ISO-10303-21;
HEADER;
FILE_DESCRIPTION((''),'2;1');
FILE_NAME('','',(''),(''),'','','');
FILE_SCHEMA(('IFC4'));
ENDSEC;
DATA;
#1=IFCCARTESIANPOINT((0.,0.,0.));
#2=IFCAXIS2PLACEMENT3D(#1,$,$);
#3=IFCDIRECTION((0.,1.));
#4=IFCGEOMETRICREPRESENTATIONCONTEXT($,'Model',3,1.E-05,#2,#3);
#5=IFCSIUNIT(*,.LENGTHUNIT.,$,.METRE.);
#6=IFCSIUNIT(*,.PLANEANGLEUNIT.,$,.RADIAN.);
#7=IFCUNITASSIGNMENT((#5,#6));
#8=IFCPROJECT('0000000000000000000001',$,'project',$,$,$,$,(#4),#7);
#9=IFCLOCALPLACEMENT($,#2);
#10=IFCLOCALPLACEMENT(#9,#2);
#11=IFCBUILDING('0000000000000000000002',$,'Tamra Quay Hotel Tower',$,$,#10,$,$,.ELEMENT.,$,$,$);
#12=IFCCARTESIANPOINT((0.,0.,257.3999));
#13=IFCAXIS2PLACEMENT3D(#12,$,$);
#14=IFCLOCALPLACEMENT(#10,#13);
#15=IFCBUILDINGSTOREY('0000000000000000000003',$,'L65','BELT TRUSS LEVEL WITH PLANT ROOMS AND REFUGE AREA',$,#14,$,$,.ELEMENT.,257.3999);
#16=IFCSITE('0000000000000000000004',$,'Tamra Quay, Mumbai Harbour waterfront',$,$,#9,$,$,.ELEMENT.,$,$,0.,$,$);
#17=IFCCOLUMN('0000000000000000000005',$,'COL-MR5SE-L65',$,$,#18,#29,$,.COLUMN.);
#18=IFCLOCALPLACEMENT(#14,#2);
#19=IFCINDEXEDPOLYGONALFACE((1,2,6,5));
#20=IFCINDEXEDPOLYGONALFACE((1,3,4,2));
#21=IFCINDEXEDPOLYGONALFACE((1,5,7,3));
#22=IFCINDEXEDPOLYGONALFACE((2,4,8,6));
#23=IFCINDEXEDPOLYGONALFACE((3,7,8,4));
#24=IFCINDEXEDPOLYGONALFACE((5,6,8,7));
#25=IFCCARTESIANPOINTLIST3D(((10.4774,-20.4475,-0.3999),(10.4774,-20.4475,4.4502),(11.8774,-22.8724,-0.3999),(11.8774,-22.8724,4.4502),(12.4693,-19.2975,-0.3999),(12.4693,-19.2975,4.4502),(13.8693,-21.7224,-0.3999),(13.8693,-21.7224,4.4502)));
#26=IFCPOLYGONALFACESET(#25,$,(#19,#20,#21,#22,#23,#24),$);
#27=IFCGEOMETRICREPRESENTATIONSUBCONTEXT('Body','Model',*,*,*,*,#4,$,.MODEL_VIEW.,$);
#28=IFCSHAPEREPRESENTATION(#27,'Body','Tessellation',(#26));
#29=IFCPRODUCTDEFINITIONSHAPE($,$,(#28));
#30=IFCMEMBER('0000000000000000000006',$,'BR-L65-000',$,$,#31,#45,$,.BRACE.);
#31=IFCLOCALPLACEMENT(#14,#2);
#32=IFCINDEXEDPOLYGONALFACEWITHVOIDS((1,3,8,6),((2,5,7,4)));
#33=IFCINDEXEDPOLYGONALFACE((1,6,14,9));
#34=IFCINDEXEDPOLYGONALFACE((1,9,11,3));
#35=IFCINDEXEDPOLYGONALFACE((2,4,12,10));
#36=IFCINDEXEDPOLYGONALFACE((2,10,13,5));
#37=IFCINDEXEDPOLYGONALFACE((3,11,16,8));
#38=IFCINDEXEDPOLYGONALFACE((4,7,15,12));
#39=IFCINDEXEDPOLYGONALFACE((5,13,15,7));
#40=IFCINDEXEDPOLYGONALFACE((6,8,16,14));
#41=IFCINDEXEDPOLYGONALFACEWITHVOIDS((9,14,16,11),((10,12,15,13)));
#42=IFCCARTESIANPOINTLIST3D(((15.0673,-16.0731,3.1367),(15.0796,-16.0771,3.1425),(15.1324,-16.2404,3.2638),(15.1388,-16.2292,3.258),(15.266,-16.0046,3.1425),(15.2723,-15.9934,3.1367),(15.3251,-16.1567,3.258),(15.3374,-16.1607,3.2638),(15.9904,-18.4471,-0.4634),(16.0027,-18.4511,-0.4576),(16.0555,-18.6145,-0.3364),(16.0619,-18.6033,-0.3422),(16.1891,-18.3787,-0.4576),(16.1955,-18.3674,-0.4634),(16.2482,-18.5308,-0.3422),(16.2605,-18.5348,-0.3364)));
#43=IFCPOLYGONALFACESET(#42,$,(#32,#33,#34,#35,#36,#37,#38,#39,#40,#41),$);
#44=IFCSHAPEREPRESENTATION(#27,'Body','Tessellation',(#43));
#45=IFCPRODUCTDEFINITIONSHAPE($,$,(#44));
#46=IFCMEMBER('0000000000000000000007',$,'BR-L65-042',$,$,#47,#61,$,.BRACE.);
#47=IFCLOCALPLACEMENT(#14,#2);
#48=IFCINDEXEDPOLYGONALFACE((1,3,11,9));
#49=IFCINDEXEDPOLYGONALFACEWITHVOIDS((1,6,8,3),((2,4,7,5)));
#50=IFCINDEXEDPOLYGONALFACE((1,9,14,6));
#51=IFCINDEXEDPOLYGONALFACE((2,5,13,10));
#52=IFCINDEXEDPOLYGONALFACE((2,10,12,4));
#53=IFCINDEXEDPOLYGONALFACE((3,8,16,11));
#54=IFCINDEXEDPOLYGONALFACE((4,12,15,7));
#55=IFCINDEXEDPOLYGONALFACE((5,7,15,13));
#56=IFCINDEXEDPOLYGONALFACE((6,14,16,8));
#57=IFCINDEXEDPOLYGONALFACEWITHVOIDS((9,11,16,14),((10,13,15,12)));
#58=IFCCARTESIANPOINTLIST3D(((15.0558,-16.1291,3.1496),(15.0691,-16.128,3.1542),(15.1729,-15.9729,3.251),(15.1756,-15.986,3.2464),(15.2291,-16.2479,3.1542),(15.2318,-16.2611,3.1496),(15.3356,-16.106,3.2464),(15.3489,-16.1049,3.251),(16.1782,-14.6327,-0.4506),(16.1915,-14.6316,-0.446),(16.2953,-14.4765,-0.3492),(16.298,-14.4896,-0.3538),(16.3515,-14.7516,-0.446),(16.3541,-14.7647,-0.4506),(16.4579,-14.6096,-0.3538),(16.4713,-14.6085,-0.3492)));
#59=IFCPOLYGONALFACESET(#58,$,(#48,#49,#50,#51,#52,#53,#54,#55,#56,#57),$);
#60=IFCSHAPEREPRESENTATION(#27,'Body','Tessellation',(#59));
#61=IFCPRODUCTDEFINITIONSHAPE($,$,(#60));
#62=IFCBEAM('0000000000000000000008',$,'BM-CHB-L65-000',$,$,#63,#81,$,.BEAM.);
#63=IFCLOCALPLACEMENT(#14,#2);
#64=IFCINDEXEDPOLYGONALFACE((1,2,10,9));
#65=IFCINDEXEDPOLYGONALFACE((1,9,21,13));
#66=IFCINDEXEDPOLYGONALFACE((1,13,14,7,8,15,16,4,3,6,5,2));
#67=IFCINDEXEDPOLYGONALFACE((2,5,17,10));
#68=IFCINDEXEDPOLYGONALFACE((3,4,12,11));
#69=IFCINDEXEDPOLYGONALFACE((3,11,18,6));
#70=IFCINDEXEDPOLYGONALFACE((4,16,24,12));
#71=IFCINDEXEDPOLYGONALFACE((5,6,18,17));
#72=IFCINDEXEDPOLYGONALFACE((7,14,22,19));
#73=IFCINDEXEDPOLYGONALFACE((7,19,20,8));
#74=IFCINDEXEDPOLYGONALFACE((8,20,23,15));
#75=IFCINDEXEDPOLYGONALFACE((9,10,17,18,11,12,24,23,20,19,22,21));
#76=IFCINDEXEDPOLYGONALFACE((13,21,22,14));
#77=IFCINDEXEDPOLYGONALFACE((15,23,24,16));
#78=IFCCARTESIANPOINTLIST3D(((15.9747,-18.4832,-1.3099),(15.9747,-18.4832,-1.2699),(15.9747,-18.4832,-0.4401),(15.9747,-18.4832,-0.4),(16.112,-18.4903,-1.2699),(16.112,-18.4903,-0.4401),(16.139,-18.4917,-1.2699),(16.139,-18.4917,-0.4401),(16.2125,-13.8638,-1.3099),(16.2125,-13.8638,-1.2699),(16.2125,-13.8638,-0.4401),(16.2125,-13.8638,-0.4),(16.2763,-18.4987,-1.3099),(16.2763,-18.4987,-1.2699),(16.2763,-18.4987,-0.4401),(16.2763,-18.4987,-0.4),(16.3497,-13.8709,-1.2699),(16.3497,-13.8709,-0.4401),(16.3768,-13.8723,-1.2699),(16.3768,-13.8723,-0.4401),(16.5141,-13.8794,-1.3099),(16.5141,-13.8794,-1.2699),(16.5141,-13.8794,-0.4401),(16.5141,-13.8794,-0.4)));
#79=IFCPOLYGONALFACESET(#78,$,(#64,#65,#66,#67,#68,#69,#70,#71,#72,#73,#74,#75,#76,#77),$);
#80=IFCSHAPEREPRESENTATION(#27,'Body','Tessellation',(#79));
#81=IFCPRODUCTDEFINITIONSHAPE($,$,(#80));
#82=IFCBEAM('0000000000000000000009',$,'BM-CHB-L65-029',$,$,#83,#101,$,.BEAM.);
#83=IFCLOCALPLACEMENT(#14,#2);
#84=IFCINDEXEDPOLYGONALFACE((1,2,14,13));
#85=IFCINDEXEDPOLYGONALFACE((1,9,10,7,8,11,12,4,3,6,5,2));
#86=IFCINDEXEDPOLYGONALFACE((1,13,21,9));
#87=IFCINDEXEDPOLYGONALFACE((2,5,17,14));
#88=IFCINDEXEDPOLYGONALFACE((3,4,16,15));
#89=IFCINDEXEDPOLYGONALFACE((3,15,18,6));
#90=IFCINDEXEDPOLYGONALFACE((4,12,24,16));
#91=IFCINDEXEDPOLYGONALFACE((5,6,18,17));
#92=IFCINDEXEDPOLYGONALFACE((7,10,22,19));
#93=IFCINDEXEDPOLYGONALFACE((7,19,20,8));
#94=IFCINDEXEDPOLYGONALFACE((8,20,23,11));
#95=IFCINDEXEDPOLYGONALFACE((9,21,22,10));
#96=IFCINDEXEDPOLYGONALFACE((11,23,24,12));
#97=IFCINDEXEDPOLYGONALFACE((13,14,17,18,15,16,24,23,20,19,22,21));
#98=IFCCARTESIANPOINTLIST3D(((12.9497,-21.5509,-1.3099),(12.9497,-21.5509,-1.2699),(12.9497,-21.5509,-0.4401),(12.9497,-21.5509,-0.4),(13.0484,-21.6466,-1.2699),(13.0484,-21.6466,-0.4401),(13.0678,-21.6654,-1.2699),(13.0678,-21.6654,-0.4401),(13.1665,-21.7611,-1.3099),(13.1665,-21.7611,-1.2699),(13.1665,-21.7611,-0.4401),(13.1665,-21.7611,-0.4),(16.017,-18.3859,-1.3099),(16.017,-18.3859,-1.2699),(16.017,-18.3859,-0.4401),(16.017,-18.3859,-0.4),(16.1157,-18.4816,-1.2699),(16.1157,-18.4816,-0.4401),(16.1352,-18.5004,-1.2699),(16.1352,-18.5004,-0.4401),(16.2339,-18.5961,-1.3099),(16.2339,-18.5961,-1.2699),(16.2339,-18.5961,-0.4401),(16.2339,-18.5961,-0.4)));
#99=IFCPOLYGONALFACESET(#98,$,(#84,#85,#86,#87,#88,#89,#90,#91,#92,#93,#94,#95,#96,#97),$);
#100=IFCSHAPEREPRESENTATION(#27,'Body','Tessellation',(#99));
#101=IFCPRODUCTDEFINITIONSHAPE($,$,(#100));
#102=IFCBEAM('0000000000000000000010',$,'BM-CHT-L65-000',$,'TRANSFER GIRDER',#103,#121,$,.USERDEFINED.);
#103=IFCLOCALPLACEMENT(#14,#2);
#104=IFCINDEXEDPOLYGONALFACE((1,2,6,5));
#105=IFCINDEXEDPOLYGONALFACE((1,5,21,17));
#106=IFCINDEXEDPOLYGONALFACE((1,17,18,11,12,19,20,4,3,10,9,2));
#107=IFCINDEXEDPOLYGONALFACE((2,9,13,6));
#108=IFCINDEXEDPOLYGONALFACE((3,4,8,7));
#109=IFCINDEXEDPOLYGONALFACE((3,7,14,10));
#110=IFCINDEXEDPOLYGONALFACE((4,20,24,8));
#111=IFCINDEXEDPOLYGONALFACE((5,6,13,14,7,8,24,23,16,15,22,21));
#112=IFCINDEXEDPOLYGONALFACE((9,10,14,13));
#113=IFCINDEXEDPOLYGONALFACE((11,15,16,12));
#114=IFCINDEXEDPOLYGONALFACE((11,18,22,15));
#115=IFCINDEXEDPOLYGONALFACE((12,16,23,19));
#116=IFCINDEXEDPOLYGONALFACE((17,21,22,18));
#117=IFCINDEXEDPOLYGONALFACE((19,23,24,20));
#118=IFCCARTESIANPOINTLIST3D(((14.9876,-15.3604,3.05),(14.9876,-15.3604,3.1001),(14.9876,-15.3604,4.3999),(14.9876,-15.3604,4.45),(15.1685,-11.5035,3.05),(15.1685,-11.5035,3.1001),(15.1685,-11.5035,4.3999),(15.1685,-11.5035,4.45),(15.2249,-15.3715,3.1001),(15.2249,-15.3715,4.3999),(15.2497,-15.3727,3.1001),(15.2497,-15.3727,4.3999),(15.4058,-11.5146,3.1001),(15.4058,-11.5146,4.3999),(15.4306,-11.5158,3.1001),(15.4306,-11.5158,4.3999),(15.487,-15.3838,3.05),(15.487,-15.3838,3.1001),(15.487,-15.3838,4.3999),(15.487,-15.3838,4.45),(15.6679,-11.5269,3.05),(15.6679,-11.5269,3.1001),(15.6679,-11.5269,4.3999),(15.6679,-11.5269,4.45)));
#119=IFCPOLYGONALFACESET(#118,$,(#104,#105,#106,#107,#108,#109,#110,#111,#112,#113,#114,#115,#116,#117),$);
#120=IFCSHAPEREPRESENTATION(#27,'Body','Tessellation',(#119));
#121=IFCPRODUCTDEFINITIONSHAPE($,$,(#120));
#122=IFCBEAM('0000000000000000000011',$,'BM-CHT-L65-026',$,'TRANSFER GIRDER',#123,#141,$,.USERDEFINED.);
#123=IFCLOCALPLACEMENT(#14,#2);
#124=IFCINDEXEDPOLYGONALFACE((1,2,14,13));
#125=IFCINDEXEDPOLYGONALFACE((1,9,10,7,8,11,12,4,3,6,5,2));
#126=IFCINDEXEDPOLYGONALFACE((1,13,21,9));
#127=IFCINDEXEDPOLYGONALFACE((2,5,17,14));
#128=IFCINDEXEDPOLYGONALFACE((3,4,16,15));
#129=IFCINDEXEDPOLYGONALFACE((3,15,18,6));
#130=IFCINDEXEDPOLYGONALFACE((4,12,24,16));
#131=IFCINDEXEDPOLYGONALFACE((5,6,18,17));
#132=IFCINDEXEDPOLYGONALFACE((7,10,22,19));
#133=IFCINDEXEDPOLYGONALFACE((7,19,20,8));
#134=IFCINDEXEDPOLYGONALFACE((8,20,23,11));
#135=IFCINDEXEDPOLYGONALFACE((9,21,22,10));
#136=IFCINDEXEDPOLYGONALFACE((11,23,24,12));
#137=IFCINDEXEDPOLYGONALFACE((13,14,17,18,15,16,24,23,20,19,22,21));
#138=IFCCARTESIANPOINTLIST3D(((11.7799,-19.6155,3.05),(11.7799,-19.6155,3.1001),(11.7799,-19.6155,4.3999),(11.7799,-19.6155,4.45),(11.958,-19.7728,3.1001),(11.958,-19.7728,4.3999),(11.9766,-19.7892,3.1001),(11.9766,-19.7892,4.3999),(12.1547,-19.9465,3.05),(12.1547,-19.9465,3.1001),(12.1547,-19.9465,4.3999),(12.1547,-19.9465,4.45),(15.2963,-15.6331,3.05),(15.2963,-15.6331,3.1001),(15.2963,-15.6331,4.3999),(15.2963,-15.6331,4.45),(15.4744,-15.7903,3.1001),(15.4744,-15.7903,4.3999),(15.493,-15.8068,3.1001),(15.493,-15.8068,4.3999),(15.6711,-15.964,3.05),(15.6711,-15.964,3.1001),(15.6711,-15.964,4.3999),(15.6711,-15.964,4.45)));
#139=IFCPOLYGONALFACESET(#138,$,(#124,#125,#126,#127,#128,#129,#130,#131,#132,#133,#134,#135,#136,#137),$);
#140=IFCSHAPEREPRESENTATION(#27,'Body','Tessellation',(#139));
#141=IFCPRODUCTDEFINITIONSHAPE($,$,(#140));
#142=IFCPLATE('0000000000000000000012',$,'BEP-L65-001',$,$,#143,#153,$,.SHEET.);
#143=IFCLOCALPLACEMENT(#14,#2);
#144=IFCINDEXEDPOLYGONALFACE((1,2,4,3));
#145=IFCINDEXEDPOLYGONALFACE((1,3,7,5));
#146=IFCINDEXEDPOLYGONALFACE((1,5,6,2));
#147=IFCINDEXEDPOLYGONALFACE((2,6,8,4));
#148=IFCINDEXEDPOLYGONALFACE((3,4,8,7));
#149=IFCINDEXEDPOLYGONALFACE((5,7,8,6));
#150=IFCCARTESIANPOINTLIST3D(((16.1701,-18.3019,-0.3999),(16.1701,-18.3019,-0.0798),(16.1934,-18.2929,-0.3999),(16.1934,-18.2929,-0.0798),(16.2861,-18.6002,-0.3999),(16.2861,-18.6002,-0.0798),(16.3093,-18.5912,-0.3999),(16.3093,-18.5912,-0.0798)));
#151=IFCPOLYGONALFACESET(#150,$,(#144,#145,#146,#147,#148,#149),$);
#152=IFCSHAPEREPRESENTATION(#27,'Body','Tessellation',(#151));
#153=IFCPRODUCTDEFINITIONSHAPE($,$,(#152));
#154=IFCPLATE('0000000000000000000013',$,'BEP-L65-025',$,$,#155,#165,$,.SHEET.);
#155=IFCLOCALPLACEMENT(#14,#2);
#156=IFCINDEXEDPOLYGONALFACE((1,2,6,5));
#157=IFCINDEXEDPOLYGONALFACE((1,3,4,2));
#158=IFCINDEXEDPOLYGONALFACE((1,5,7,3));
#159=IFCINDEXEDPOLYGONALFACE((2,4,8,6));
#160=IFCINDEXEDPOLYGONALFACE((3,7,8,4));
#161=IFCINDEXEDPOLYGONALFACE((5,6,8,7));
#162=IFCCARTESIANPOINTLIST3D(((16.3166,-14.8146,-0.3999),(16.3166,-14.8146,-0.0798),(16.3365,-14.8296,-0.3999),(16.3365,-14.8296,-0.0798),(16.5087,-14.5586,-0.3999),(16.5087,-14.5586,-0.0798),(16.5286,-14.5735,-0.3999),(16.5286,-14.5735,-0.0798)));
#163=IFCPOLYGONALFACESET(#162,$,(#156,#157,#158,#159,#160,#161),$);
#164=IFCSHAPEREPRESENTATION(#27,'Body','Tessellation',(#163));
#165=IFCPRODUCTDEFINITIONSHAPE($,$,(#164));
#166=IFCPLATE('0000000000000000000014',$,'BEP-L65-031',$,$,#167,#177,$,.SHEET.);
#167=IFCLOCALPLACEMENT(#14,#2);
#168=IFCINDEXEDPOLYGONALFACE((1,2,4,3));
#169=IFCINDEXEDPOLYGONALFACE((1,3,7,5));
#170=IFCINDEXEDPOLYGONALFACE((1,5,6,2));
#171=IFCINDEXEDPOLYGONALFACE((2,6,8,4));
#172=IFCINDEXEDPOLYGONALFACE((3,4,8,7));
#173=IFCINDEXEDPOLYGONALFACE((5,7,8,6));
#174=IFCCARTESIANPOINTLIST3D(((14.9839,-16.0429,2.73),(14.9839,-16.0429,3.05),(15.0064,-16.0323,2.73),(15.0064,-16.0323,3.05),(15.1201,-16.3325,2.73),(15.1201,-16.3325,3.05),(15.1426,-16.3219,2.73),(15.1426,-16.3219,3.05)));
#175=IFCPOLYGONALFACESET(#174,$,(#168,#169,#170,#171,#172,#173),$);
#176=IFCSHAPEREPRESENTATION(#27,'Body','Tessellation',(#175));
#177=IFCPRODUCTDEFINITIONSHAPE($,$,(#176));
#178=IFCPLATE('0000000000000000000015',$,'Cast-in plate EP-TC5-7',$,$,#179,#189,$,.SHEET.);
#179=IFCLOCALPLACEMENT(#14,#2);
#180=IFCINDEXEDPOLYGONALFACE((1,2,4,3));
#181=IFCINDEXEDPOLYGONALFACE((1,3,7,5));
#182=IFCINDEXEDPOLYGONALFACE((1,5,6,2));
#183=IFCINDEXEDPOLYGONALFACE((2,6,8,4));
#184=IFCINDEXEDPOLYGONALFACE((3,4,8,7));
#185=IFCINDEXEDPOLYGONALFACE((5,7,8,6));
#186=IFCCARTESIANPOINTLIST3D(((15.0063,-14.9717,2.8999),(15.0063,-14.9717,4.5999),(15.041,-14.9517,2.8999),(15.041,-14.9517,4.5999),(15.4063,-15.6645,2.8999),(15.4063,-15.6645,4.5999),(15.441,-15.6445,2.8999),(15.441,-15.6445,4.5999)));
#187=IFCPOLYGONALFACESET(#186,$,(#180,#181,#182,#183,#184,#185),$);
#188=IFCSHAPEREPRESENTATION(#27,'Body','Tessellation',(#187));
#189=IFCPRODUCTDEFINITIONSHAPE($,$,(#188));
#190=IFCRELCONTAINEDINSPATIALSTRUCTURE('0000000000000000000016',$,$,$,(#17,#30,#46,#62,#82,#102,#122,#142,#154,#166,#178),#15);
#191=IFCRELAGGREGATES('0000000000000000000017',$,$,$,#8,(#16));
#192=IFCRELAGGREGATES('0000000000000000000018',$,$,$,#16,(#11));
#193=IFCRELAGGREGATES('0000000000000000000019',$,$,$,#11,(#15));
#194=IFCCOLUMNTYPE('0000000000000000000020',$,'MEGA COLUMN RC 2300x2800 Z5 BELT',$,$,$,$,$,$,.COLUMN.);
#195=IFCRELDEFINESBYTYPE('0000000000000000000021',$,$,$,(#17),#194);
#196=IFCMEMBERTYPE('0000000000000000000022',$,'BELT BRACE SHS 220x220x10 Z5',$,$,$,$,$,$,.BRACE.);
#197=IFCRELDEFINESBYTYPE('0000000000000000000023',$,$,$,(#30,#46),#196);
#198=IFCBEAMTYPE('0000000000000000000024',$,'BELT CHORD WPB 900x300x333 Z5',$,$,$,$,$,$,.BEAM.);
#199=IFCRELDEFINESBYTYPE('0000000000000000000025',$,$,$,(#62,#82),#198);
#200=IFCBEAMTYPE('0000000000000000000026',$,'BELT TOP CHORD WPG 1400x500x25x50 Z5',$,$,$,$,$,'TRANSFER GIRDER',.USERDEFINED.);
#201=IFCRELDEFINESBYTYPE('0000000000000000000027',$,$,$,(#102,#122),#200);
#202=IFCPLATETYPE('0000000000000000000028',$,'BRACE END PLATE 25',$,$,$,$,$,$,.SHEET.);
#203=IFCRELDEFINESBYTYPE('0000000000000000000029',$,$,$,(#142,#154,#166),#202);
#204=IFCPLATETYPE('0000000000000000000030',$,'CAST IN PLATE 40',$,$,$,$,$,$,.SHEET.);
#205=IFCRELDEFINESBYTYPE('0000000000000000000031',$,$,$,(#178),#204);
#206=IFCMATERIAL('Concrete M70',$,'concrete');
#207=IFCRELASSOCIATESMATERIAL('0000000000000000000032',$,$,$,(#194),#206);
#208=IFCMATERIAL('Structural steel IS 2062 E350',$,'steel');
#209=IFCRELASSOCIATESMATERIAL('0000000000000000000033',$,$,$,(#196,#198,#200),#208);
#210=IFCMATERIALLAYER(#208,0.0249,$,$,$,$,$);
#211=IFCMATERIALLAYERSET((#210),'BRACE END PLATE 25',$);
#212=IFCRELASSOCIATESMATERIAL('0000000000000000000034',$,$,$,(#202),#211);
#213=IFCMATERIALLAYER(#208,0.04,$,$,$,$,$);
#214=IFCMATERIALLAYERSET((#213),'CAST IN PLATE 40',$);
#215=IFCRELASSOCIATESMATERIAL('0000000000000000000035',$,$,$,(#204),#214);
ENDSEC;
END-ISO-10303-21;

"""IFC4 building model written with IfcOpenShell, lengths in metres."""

from ifc_helpers import new_model, si_unit, direction, frame, origin, origin_2d, place, context, subcontext, project, spatial, rectangle, hollow_rectangle, i_section, extrude, material, layer, layer_set, material_profile, profile_set, type_object, element, save


model = new_model("IFC4")

# Units and contexts
model_context = context("Model", 3, precision=1e-05, world=origin(), true_north=direction((0.0, 1.0)))
body_context = subcontext(model_context, "Body", "Model", "MODEL_VIEW")
ifc_project = project(units=[si_unit("LENGTHUNIT", "METRE"), si_unit("PLANEANGLEUNIT", "RADIAN")], contexts=[model_context])

# Site, building, storey
site_placement = place(None, origin())
site = spatial("IfcSite", under=ifc_project, at=site_placement, Name="Tamra Quay, Mumbai Harbour waterfront", CompositionType="ELEMENT", RefElevation=0.0)
building_placement = place(site_placement, origin())
building = spatial("IfcBuilding", under=site, at=building_placement, Name="Tamra Quay Hotel Tower", CompositionType="ELEMENT")
storey_placement = place(building_placement, frame((0.0, 0.0, 257.3999)))
storey = spatial("IfcBuildingStorey", under=building, at=storey_placement, Name="L65", Description="BELT TRUSS LEVEL WITH PLANT ROOMS AND REFUGE AREA", CompositionType="ELEMENT", Elevation=257.3999)

# Column
ifc_material_1 = material(Name="Concrete M70", Category="concrete")
ifc_material_profile_1 = material_profile(ifc_material_1, rectangle(XDim=2.8, YDim=2.3, at=origin_2d()), Name="MEGA COLUMN RC 2300x2800 Z5 BELT")
ifc_profile_set_1 = profile_set([ifc_material_profile_1], Name="Concrete M70")
column_type = type_object("IfcColumnType", Name="MEGA COLUMN RC 2300x2800 Z5 BELT", PredefinedType="COLUMN", material=ifc_profile_set_1)
column_placement = place(storey_placement, frame((12.1733, -21.085, -0.3999), z_axis=(0.0, 0.0, 1.0), x_axis=(-0.5, 0.866025, 0.0)))
element("IfcColumn", 1, at=column_placement, inside=storey, type_object=column_type, Name="COL-MR5SE-L65", PredefinedType="COLUMN", context=body_context, shape_type="SweptSolid", body=[
    extrude(rectangle(XDim=2.8, YDim=2.3, at=origin_2d()), origin(), (0.0, 0.0, 1.0), 4.8501),
])

# Members
ifc_material_2 = material(Name="Structural steel IS 2062 E350", Category="steel")
ifc_material_profile_2 = material_profile(ifc_material_2, hollow_rectangle(XDim=0.22, YDim=0.22, WallThickness=0.01, at=origin_2d()), Name="SHS 220x220x10")
ifc_profile_set_2 = profile_set([ifc_material_profile_2], Name="Structural steel IS 2062 E350")
member_type = type_object("IfcMemberType", Name="BELT BRACE SHS 220x220x10 Z5", PredefinedType="BRACE", material=ifc_profile_set_2)
member_1_placement = place(storey_placement, frame((16.1255, -18.491, -0.3999), z_axis=(-0.209315, 0.538318, 0.816334), x_axis=(-0.932023, -0.3624, 0.0)))
element("IfcMember", 2, at=member_1_placement, inside=storey, type_object=member_type, Name="BR-L65-000", PredefinedType="BRACE", context=body_context, shape_type="SweptSolid", body=[
    extrude(hollow_rectangle(XDim=0.22, YDim=0.22, WallThickness=0.01, at=origin_2d()), origin(), (0.0, 0.0, 1.0), 4.4102),
])
member_2_placement = place(storey_placement, frame((16.3247, -14.6206, -0.3999), z_axis=(-0.276636, -0.368828, 0.887377), x_axis=(0.799984, -0.600021, 0.0)))
element("IfcMember", 3, at=member_2_placement, inside=storey, type_object=member_type, Name="BR-L65-042", PredefinedType="BRACE", context=body_context, shape_type="SweptSolid", body=[
    extrude(hollow_rectangle(XDim=0.22, YDim=0.22, WallThickness=0.01, at=origin_2d()), origin(), (0.0, 0.0, 1.0), 4.0571),
])

# Beams
ifc_material_profile_3 = material_profile(ifc_material_2, i_section(OverallWidth=0.302, OverallDepth=0.9099, WebThickness=0.0271, FlangeThickness=0.04, at=origin_2d()), Name="WPB 900x300x333")
ifc_profile_set_3 = profile_set([ifc_material_profile_3], Name="Structural steel IS 2062 E350")
beam_type_1 = type_object("IfcBeamType", Name="BELT CHORD WPB 900x300x333 Z5", PredefinedType="BEAM", material=ifc_profile_set_3)
beam_1_placement = place(storey_placement, frame((16.1255, -18.491, -0.855), z_axis=(0.051409, 0.998678, 0.0), x_axis=(-0.998678, 0.051409, 0.0)))
element("IfcBeam", 4, at=beam_1_placement, inside=storey, type_object=beam_type_1, Name="BM-CHB-L65-000", PredefinedType="BEAM", context=body_context, shape_type="SweptSolid", body=[
    extrude(i_section(OverallWidth=0.302, OverallDepth=0.9099, WebThickness=0.0271, FlangeThickness=0.04, at=origin_2d()), origin(), (0.0, 0.0, 1.0), 4.6255),
])
beam_2_placement = place(storey_placement, frame((13.0581, -21.656, -0.855), z_axis=(0.695942, 0.718098, 0.0), x_axis=(-0.718098, 0.695942, 0.0)))
element("IfcBeam", 5, at=beam_2_placement, inside=storey, type_object=beam_type_1, Name="BM-CHB-L65-029", PredefinedType="BEAM", context=body_context, shape_type="SweptSolid", body=[
    extrude(i_section(OverallWidth=0.302, OverallDepth=0.9099, WebThickness=0.0271, FlangeThickness=0.04, at=origin_2d()), origin(), (0.0, 0.0, 1.0), 4.4075),
])
ifc_material_profile_4 = material_profile(ifc_material_2, i_section(OverallWidth=0.5, OverallDepth=1.3999, WebThickness=0.0249, FlangeThickness=0.05, at=origin_2d()), Name="WPG 1400x500x25x50")
ifc_profile_set_4 = profile_set([ifc_material_profile_4], Name="Structural steel IS 2062 E350")
beam_type_2 = type_object("IfcBeamType", Name="BELT TOP CHORD WPG 1400x500x25x50 Z5", ElementType="TRANSFER GIRDER", PredefinedType="USERDEFINED", material=ifc_profile_set_4)
beam_3_placement = place(storey_placement, frame((15.2373, -15.3721, 3.75), z_axis=(0.046853, 0.998902, 0.0), x_axis=(-0.998902, 0.046853, 0.0)))
element("IfcBeam", 6, at=beam_3_placement, inside=storey, type_object=beam_type_2, Name="BM-CHT-L65-000", ObjectType="TRANSFER GIRDER", PredefinedType="USERDEFINED", context=body_context, shape_type="SweptSolid", body=[
    extrude(i_section(OverallWidth=0.5, OverallDepth=1.3999, WebThickness=0.0249, FlangeThickness=0.05, at=origin_2d()), origin(), (0.0, 0.0, 1.0), 3.8611),
])
beam_4_placement = place(storey_placement, frame((11.9673, -19.781, 3.75), z_axis=(0.661881, 0.749608, 0.0), x_axis=(-0.749608, 0.661881, 0.0)))
element("IfcBeam", 7, at=beam_4_placement, inside=storey, type_object=beam_type_2, Name="BM-CHT-L65-026", ObjectType="TRANSFER GIRDER", PredefinedType="USERDEFINED", context=body_context, shape_type="SweptSolid", body=[
    extrude(i_section(OverallWidth=0.5, OverallDepth=1.3999, WebThickness=0.0249, FlangeThickness=0.05, at=origin_2d()), origin(), (0.0, 0.0, 1.0), 5.3127),
])

# Plates
ifc_layer_1 = layer(ifc_material_2, 0.0249)
ifc_layer_set_1 = layer_set([ifc_layer_1], Name="BRACE END PLATE 25")
plate_type_1 = type_object("IfcPlateType", Name="BRACE END PLATE 25", PredefinedType="SHEET", material=ifc_layer_set_1)
for number, where, z_axis, x_axis, name in (
    (8, (16.2397, -18.4465, -0.3999), (0.0, 0.0, 1.0), (0.932034, 0.36237, 0.0), "BEP-L65-001"),
    (9, (16.4226, -14.6941, -0.3999), (0.0, 0.0, 1.0), (-0.799995, 0.600007, 0.0), "BEP-L65-025"),
    (10, (15.0632, -16.1824, 2.73), (0.0, 0.0, 1.0), (0.904918, 0.425585, 0.0), "BEP-L65-031"),
):
    element("IfcPlate", number, at=place(storey_placement, frame(where, z_axis=z_axis, x_axis=x_axis)), inside=storey, type_object=plate_type_1, Name=name, PredefinedType="SHEET", context=body_context, shape_type="SweptSolid", body=[
        extrude(rectangle(XDim=0.0249, YDim=0.3201, at=origin_2d()), origin(), (0.0, 0.0, 1.0), 0.3201),
    ])
ifc_layer_2 = layer(ifc_material_2, 0.04)
ifc_layer_set_2 = layer_set([ifc_layer_2], Name="CAST IN PLATE 40")
plate_type_2 = type_object("IfcPlateType", Name="CAST IN PLATE 40", PredefinedType="SHEET", material=ifc_layer_set_2)
for number, where, z_axis, x_axis, name in (
    (11, (15.2236, -15.3081, 2.8999), (0.0, 0.0, 1.0), (-0.866025, -0.5, 0.0), "Cast-in plate EP-TC5-7"),
):
    element("IfcPlate", number, at=place(storey_placement, frame(where, z_axis=z_axis, x_axis=x_axis)), inside=storey, type_object=plate_type_2, Name=name, PredefinedType="SHEET", context=body_context, shape_type="SweptSolid", body=[
        extrude(rectangle(XDim=0.04, YDim=0.8, at=origin_2d()), origin(), (0.0, 0.0, 1.0), 1.7),
    ])

save(model, "model.ifc")
